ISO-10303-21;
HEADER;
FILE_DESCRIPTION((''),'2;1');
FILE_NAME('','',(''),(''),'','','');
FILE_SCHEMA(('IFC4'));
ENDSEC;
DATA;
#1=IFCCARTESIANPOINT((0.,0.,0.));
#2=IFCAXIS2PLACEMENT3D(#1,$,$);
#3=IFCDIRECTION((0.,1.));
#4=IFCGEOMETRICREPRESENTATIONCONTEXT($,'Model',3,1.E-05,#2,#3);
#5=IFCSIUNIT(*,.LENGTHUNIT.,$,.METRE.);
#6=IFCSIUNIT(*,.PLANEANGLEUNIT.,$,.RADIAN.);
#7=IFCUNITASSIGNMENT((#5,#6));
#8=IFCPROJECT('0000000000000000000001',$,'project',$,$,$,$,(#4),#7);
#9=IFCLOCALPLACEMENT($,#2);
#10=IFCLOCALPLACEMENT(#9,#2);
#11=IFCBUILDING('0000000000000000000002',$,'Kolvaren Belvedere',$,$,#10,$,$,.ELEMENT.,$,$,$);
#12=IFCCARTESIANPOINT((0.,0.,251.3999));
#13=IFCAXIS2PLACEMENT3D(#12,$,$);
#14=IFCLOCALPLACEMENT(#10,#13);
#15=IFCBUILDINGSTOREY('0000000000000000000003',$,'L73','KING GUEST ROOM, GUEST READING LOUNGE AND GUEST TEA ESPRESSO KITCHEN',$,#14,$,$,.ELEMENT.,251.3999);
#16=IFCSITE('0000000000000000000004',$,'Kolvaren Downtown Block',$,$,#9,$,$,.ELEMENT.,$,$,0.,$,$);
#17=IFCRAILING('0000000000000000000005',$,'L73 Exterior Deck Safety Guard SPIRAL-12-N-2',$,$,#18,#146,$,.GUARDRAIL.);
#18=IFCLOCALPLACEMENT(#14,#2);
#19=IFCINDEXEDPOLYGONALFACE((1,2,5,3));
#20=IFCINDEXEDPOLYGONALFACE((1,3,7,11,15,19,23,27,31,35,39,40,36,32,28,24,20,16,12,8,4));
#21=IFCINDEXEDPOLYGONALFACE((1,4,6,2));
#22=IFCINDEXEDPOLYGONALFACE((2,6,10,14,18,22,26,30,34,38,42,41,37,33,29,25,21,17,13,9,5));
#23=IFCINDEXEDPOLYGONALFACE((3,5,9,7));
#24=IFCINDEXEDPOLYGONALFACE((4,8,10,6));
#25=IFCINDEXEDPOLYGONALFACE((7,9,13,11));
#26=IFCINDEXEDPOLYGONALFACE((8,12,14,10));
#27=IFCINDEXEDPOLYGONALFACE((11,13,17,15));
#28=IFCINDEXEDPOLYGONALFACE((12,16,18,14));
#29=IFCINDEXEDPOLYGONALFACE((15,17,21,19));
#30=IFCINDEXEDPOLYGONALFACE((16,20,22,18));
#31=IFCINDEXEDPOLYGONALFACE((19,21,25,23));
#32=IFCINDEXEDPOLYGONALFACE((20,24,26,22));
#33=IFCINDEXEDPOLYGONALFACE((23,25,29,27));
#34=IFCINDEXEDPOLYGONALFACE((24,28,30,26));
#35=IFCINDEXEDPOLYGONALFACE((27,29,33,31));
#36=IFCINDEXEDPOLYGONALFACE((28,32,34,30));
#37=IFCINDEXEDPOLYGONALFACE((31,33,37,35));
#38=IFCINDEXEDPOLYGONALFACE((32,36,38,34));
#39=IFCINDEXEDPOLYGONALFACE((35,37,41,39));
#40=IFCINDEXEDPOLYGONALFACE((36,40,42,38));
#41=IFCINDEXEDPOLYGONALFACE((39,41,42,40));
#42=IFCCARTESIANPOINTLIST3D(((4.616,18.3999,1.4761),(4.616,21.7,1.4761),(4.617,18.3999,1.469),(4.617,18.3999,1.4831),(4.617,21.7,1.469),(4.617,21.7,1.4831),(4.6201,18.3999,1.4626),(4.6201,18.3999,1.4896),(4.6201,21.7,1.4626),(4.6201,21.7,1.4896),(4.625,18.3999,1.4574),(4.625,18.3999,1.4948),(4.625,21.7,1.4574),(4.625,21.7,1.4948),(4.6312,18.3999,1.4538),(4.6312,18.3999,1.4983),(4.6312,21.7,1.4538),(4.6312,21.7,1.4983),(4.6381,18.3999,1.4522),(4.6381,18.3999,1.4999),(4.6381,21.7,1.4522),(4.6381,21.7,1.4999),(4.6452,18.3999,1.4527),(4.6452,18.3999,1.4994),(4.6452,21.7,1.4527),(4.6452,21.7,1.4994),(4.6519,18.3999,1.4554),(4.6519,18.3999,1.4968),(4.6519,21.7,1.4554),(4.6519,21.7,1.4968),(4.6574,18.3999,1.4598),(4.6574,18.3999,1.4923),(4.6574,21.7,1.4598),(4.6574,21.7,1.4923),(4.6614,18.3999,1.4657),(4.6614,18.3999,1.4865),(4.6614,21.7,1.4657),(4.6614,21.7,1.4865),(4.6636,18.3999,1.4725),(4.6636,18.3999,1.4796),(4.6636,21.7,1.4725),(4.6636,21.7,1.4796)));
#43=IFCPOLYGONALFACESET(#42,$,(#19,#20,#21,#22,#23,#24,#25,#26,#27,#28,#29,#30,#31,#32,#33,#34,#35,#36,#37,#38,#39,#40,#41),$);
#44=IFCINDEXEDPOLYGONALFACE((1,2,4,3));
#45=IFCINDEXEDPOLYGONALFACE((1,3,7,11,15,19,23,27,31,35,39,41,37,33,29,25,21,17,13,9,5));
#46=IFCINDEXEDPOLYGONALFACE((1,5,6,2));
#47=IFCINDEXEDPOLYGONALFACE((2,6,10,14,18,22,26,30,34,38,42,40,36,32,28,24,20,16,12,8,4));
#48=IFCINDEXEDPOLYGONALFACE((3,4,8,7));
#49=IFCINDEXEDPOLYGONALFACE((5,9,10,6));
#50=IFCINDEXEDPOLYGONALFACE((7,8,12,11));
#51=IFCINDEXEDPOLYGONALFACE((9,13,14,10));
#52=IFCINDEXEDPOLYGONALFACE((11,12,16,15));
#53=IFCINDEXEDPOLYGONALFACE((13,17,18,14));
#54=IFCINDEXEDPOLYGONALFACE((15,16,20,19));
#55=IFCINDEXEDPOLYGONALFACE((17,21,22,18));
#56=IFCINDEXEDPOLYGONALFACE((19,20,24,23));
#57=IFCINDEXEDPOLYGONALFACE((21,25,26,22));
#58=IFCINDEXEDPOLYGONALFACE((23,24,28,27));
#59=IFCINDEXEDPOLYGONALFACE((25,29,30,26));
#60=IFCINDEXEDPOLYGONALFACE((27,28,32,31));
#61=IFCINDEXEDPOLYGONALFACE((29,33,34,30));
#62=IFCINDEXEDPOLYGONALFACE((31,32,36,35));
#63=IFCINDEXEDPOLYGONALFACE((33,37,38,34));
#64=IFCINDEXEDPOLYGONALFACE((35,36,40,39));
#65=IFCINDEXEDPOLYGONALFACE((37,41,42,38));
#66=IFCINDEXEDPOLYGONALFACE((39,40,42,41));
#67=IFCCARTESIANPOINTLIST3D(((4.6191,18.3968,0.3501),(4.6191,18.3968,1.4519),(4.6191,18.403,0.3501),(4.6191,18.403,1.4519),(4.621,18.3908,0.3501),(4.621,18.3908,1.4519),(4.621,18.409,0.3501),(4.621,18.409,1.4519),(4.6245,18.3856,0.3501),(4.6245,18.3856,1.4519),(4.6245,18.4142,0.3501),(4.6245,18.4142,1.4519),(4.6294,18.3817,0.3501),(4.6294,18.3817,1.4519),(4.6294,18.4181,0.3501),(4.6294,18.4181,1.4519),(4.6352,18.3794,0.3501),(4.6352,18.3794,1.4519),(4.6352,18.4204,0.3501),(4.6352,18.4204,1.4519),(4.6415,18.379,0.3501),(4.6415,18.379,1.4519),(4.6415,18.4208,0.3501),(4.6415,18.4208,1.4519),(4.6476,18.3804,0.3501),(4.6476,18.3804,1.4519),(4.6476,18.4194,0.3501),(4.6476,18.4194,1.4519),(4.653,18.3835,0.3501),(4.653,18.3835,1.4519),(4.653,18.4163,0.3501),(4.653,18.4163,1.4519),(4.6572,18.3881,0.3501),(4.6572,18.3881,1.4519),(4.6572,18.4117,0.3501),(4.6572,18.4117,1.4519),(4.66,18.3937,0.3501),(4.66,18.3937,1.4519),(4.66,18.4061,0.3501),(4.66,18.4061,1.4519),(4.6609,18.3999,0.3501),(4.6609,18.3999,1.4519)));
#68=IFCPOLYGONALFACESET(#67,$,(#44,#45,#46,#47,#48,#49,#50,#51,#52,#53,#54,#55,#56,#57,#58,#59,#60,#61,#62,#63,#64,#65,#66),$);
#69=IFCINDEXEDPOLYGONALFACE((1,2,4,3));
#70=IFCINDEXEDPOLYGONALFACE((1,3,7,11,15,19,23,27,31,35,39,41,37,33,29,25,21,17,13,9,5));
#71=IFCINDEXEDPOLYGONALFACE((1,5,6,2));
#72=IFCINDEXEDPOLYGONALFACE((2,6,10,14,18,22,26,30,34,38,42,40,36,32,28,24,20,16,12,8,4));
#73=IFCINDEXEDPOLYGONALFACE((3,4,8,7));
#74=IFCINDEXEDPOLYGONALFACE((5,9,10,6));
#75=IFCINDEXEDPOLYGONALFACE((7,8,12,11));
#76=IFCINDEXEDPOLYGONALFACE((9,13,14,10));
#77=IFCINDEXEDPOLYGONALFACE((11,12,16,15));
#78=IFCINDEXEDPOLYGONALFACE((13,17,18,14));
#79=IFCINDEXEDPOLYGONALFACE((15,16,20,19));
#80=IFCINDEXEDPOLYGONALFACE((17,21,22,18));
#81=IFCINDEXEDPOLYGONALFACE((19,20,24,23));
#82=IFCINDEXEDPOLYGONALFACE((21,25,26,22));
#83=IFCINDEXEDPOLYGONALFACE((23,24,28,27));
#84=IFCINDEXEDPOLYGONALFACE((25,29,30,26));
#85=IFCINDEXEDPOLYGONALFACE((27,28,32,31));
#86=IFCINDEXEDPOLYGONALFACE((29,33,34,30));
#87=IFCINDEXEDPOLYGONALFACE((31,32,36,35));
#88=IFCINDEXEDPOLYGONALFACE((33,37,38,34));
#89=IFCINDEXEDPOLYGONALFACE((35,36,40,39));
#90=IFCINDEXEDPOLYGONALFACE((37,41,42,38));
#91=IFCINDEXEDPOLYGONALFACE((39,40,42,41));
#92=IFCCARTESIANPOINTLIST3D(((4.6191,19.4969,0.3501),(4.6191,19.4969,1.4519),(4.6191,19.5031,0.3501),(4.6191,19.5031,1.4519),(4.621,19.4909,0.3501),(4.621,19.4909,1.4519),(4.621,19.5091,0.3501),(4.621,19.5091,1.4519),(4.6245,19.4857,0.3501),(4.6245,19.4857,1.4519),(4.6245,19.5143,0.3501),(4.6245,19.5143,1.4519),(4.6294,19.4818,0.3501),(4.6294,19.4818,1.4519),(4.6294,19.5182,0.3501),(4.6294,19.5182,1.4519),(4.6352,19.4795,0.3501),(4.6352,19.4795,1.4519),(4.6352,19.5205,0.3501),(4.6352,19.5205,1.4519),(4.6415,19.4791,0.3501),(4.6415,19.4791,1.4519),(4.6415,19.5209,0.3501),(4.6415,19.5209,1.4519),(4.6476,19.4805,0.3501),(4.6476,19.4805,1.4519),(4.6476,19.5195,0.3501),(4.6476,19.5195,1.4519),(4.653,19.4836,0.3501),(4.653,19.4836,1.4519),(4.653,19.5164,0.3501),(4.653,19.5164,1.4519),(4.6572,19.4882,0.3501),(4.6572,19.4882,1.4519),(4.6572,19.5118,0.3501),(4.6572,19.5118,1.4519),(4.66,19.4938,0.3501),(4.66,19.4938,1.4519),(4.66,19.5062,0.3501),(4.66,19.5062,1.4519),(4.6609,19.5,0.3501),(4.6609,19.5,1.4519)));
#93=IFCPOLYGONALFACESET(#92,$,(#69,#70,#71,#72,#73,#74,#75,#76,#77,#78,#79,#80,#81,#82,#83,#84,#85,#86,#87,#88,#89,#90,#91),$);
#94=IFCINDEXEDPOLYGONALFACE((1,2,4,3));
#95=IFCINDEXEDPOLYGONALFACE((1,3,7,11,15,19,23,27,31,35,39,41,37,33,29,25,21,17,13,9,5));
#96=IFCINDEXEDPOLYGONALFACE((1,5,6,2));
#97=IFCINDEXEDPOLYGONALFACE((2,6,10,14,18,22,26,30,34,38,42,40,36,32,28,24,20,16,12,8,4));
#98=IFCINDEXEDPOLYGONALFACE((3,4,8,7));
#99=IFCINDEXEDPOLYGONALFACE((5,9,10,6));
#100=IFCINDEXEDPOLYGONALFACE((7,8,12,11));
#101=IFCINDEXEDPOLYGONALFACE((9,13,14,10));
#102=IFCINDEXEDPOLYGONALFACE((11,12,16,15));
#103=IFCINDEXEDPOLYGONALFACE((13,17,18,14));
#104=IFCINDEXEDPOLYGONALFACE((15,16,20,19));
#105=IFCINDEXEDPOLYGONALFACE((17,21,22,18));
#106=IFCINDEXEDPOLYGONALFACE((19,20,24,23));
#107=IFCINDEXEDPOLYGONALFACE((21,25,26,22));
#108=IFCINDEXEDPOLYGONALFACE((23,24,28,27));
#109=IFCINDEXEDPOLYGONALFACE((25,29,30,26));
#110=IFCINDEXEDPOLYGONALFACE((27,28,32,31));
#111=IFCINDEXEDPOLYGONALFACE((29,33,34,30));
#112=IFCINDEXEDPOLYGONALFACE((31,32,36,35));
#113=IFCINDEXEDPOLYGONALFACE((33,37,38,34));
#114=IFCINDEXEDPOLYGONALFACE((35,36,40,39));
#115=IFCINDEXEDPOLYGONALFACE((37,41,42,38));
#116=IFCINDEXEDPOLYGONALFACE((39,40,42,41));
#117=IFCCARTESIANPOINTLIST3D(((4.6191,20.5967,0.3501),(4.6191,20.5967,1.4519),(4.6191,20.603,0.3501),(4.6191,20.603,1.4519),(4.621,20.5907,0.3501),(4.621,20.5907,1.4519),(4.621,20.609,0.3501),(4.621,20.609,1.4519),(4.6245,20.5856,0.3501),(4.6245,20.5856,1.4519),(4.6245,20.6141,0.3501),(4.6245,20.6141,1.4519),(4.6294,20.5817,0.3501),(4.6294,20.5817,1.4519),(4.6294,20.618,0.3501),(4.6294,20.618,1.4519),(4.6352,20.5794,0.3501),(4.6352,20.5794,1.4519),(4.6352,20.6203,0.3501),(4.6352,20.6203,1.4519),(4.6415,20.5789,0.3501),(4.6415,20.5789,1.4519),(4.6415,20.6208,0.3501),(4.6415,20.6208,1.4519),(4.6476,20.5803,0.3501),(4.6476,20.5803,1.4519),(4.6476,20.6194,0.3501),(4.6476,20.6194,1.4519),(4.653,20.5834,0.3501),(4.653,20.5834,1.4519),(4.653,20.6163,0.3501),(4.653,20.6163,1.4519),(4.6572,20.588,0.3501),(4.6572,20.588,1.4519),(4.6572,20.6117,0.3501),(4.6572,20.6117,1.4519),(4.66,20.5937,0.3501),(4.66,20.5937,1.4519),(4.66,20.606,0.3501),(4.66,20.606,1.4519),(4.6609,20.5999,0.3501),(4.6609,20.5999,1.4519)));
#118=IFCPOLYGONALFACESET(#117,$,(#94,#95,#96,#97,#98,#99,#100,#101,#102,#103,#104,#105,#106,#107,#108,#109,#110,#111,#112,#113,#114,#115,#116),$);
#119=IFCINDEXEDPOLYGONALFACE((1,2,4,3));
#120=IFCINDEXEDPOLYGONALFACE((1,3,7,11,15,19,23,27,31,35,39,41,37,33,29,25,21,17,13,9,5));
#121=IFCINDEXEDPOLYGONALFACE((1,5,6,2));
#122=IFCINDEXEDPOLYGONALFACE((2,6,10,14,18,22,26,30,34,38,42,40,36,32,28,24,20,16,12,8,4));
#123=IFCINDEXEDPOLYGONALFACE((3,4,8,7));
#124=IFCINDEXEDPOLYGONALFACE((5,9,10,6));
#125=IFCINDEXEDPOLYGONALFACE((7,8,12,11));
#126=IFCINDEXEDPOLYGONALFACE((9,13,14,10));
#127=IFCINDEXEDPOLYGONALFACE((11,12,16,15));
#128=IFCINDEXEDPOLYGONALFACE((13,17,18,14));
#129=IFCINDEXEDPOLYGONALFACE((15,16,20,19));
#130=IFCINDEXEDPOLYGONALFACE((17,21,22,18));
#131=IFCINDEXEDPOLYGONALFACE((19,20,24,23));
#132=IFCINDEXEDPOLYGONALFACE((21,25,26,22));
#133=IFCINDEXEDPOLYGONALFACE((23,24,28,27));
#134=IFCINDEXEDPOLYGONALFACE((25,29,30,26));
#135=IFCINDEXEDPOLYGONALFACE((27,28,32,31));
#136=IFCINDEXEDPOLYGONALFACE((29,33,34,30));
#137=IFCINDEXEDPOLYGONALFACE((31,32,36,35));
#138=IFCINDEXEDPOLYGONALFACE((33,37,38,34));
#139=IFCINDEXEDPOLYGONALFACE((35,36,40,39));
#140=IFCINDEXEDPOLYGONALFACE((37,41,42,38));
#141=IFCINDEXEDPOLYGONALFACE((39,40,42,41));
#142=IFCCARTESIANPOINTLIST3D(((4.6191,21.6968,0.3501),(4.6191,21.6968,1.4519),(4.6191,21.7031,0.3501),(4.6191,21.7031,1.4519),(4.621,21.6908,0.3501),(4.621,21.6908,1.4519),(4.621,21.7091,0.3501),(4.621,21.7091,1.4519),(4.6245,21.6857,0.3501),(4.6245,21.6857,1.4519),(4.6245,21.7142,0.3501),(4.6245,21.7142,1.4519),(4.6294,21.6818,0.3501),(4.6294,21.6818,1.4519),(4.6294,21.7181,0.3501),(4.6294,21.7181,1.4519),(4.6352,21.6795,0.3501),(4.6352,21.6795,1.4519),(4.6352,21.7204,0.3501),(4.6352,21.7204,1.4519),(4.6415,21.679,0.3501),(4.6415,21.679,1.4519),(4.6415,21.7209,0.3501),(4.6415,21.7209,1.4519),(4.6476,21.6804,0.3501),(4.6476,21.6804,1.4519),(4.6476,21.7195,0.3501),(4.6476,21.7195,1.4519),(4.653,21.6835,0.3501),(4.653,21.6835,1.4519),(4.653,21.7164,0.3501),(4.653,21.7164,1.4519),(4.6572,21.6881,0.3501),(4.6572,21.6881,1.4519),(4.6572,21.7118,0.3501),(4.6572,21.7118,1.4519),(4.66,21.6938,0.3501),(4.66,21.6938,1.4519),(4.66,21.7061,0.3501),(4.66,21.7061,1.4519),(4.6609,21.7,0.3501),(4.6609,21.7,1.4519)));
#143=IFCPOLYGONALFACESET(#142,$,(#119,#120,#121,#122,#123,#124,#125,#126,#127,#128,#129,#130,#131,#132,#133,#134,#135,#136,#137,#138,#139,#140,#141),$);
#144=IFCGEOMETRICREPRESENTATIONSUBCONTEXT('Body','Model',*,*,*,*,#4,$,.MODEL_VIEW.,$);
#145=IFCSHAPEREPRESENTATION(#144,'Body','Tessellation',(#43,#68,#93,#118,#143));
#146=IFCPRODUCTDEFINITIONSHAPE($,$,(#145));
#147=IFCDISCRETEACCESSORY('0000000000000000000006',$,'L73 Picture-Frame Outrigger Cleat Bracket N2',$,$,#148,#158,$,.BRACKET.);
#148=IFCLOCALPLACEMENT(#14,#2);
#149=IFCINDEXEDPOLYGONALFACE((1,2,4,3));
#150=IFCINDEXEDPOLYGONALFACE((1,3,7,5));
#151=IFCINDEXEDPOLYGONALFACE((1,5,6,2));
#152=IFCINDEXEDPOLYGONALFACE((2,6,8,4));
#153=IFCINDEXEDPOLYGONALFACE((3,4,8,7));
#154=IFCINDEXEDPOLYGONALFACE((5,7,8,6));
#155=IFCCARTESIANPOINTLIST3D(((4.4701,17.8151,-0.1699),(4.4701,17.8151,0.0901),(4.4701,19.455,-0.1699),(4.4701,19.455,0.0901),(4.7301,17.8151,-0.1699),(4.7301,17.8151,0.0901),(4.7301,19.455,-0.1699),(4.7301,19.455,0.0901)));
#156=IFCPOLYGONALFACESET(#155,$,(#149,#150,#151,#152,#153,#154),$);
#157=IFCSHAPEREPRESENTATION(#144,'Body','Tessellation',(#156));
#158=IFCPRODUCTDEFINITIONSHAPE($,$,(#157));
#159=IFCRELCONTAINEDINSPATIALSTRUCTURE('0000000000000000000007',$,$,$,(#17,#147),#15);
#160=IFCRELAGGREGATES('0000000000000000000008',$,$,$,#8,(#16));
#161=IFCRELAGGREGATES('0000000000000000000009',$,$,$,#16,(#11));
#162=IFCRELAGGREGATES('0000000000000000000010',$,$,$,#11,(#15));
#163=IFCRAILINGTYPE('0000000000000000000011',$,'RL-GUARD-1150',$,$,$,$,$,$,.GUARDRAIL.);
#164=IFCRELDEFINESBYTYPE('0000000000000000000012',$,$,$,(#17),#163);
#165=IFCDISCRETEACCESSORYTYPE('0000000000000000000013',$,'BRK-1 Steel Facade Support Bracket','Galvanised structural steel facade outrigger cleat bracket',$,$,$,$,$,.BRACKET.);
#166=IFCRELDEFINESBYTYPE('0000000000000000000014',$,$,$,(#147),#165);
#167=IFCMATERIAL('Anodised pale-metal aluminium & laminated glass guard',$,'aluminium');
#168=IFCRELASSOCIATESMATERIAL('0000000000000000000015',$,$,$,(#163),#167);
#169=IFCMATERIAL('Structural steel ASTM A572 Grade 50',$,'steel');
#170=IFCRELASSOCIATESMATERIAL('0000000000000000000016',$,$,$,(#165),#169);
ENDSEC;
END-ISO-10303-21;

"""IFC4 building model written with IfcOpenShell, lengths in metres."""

from ifc_helpers import new_model, si_unit, direction, frame, origin, origin_2d, place, context, subcontext, project, spatial, rectangle, circle, extrude, material, type_object, element, save


model = new_model("IFC4")

# Units and contexts
model_context = context("Model", 3, precision=1e-05, world=origin(), true_north=direction((0.0, 1.0)))
body_context = subcontext(model_context, "Body", "Model", "MODEL_VIEW")
ifc_project = project(units=[si_unit("LENGTHUNIT", "METRE"), si_unit("PLANEANGLEUNIT", "RADIAN")], contexts=[model_context])

# Site, building, storey
site_placement = place(None, origin())
site = spatial("IfcSite", under=ifc_project, at=site_placement, Name="Kolvaren Downtown Block", CompositionType="ELEMENT", RefElevation=0.0)
building_placement = place(site_placement, origin())
building = spatial("IfcBuilding", under=site, at=building_placement, Name="Kolvaren Belvedere", CompositionType="ELEMENT")
storey_placement = place(building_placement, frame((0.0, 0.0, 251.3999)))
storey = spatial("IfcBuildingStorey", under=building, at=storey_placement, Name="L73", Description="KING GUEST ROOM, GUEST READING LOUNGE AND GUEST TEA ESPRESSO KITCHEN", CompositionType="ELEMENT", Elevation=251.3999)

# Railing
ifc_material_1 = material(Name="Anodised pale-metal aluminium & laminated glass guard", Category="aluminium")
railing_type = type_object("IfcRailingType", Name="RL-GUARD-1150", PredefinedType="GUARDRAIL", material=ifc_material_1)
railing_1_placement = place(storey_placement, frame((4.6399, 18.3999, 0.3501)))
element("IfcRailing", 1, at=railing_1_placement, inside=storey, type_object=railing_type, Name="L73 Exterior Deck Safety Guard SPIRAL-12-N-2", PredefinedType="GUARDRAIL", context=body_context, shape_type="SweptSolid", body=[
    extrude(circle(Radius=0.0239, at=origin_2d()), frame((0.0, 0.0, 1.126), z_axis=(0.0, 1.0, 0.0), x_axis=(-1.0, 0.0, 0.0)), (0.0, 0.0, 1.0), 3.3),
    extrude(circle(Radius=0.021, at=origin_2d()), origin(), (0.0, 0.0, 1.0), 1.1018),
    extrude(circle(Radius=0.021, at=origin_2d()), frame((0.0, 1.1001, 0.0)), (0.0, 0.0, 1.0), 1.1018),
    extrude(circle(Radius=0.021, at=origin_2d()), frame((0.0, 2.2, 0.0)), (0.0, 0.0, 1.0), 1.1018),
    extrude(circle(Radius=0.021, at=origin_2d()), frame((0.0, 3.3, 0.0)), (0.0, 0.0, 1.0), 1.1018),
])

# Discrete accessory
ifc_material_2 = material(Name="Structural steel ASTM A572 Grade 50", Category="steel")
discrete_accessory_type = type_object("IfcDiscreteAccessoryType", Name="BRK-1 Steel Facade Support Bracket", Description="Galvanised structural steel facade outrigger cleat bracket", PredefinedType="BRACKET", material=ifc_material_2)
discrete_accessory_placement = place(storey_placement, frame((4.6001, 18.635, -0.1699), z_axis=(0.0, 0.0, 1.0), x_axis=(0.0, 1.0, 0.0)))
element("IfcDiscreteAccessory", 2, at=discrete_accessory_placement, inside=storey, type_object=discrete_accessory_type, Name="L73 Picture-Frame Outrigger Cleat Bracket N2", PredefinedType="BRACKET", context=body_context, shape_type="SweptSolid", body=[
    extrude(rectangle(XDim=1.6399, YDim=0.26, at=origin_2d()), origin(), (0.0, 0.0, 1.0), 0.26),
])

save(model, "model.ifc")
